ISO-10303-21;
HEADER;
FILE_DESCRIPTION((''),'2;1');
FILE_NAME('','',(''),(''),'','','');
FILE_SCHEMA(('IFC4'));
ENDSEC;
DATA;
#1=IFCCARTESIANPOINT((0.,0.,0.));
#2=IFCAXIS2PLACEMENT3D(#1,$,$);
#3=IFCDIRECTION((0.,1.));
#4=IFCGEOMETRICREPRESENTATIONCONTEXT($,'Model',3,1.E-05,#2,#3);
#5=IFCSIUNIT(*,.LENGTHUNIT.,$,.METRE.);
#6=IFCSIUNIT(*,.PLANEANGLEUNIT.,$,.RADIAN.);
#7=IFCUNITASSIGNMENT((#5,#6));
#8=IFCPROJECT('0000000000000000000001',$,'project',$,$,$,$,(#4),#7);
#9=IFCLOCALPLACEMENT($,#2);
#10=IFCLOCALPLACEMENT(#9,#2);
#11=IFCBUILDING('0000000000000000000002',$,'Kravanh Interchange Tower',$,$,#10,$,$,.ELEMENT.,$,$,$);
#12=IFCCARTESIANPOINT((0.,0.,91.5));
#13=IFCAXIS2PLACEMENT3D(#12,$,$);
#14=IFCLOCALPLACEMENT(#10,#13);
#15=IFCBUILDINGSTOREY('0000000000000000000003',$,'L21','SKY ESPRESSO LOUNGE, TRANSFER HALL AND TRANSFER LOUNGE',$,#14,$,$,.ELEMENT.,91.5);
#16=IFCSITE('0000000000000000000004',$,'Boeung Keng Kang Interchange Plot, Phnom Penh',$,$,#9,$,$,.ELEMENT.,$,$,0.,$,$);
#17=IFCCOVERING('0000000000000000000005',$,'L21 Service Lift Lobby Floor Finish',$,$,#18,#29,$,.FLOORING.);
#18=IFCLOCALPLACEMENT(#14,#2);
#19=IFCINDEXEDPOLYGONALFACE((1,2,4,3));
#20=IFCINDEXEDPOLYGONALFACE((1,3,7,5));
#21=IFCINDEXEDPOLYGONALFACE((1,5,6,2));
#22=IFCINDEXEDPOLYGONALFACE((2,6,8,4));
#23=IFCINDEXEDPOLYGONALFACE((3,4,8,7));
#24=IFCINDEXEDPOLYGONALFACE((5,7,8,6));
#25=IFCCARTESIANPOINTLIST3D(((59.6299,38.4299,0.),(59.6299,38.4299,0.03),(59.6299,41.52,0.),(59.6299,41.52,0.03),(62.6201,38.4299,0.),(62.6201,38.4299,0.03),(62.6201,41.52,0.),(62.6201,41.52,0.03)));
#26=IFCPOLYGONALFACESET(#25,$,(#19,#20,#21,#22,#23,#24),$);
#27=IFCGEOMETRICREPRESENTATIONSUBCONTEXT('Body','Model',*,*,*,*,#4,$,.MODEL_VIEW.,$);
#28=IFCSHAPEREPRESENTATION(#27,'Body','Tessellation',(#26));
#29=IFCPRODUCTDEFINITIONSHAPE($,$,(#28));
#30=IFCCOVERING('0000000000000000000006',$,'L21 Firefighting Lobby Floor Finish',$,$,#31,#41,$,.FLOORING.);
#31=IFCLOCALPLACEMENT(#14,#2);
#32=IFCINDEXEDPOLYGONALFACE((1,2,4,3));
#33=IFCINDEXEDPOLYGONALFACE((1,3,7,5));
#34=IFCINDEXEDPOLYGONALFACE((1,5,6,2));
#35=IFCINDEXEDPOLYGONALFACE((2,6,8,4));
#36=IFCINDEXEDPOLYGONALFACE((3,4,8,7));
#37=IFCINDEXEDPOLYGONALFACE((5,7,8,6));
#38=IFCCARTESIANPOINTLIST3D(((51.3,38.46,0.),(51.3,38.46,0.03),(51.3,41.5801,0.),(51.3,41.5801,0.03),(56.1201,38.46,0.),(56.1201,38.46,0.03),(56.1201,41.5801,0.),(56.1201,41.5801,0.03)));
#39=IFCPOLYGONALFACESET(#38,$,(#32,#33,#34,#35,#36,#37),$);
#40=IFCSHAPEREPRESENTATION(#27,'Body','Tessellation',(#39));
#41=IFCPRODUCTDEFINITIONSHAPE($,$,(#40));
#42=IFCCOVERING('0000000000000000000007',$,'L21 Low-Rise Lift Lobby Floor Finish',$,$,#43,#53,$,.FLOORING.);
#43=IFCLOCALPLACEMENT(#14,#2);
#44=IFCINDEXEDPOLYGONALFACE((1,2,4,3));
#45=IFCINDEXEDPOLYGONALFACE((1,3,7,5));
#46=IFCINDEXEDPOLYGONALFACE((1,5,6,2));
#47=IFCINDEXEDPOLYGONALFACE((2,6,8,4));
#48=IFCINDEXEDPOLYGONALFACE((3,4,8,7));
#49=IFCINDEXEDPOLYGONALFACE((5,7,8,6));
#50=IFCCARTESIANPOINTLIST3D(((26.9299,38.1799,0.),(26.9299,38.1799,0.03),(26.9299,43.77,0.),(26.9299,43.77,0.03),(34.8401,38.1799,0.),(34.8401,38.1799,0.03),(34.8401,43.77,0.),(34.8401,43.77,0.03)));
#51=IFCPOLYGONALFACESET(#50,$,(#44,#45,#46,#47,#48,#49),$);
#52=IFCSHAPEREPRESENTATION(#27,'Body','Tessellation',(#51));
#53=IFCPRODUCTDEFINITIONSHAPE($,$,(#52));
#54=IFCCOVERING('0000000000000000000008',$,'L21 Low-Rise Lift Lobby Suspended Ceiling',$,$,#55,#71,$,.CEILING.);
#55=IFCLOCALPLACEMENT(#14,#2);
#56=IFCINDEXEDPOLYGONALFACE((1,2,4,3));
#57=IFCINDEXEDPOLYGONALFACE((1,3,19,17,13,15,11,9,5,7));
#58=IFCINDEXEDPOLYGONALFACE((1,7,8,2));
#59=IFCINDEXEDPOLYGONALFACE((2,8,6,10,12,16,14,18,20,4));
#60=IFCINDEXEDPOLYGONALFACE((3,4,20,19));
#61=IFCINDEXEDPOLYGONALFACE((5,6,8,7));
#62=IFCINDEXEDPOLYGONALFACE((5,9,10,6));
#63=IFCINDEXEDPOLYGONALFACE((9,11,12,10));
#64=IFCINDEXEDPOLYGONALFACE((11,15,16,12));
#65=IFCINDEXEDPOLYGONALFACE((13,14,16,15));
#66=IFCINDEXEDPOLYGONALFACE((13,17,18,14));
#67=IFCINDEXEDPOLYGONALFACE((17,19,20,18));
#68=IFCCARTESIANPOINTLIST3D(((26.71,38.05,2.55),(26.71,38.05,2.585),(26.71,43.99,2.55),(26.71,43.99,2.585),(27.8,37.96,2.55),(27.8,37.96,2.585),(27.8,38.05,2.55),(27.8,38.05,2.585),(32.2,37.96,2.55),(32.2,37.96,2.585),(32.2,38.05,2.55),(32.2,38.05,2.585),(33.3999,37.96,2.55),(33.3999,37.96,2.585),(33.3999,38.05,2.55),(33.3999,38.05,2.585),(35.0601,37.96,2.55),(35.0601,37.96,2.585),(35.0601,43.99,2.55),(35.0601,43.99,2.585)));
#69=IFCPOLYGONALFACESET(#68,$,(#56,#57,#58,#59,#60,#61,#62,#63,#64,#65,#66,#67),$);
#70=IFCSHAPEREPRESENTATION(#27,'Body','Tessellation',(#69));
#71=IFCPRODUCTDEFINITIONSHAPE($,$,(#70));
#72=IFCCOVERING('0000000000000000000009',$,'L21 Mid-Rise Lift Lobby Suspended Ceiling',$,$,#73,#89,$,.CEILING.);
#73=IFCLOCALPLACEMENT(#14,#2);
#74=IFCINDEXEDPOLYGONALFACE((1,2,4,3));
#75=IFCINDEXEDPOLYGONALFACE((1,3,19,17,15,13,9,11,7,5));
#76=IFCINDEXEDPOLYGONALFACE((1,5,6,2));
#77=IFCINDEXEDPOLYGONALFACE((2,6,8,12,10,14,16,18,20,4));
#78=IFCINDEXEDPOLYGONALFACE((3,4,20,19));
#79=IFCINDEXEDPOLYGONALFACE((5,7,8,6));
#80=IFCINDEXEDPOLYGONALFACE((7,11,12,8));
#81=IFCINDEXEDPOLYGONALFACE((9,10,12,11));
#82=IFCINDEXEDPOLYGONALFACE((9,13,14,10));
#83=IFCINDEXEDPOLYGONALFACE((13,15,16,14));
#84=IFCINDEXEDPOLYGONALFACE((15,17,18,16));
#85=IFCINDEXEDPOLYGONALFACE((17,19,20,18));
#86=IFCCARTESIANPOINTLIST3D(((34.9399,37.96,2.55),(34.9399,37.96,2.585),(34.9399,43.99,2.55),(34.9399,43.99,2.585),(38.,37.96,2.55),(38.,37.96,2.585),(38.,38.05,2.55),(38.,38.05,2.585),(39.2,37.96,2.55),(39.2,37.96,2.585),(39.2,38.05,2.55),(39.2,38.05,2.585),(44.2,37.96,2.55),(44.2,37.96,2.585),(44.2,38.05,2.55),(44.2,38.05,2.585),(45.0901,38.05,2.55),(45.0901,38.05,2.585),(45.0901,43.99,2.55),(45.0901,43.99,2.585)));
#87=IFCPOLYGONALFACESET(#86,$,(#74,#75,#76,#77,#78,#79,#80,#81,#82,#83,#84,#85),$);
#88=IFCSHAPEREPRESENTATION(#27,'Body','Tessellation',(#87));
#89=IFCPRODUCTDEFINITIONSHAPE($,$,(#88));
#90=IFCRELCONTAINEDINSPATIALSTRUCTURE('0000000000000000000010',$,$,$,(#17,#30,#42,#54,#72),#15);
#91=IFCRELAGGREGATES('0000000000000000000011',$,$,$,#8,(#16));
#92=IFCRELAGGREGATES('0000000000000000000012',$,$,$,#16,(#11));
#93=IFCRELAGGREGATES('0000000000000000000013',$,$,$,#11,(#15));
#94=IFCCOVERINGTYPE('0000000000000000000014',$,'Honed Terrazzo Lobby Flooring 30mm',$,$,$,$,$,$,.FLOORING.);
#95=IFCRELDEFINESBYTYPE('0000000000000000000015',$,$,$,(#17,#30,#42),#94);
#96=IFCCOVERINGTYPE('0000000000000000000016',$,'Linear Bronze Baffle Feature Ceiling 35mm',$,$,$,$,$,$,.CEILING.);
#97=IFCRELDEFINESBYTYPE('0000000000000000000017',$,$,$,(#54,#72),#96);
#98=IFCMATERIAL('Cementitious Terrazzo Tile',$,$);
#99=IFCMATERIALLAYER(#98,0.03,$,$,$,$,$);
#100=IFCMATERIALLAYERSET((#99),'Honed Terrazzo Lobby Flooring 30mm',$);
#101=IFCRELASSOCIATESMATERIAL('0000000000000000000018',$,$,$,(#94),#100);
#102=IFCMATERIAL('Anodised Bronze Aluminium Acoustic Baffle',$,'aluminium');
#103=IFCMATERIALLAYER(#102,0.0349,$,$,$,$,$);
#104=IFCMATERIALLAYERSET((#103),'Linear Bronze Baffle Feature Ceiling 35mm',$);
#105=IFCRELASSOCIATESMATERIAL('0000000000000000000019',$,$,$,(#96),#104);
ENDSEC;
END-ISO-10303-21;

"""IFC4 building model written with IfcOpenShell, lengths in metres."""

from ifc_helpers import new_model, si_unit, direction, frame, origin, place, context, subcontext, project, spatial, polyline, outline, extrude, material, layer, layer_set, type_object, element, save


model = new_model("IFC4")

# Units and contexts
model_context = context("Model", 3, precision=1e-05, world=origin(), true_north=direction((0.0, 1.0)))
body_context = subcontext(model_context, "Body", "Model", "MODEL_VIEW")
ifc_project = project(units=[si_unit("LENGTHUNIT", "METRE"), si_unit("PLANEANGLEUNIT", "RADIAN")], contexts=[model_context])

# Site, building, storey
site_placement = place(None, origin())
site = spatial("IfcSite", under=ifc_project, at=site_placement, Name="Boeung Keng Kang Interchange Plot, Phnom Penh", CompositionType="ELEMENT", RefElevation=0.0)
building_placement = place(site_placement, origin())
building = spatial("IfcBuilding", under=site, at=building_placement, Name="Kravanh Interchange Tower", CompositionType="ELEMENT")
storey_placement = place(building_placement, frame((0.0, 0.0, 91.5)))
storey = spatial("IfcBuildingStorey", under=building, at=storey_placement, Name="L21", Description="SKY ESPRESSO LOUNGE, TRANSFER HALL AND TRANSFER LOUNGE", CompositionType="ELEMENT", Elevation=91.5)

# Coverings
ifc_material_1 = material(Name="Cementitious Terrazzo Tile")
ifc_layer_1 = layer(ifc_material_1, 0.03)
ifc_layer_set_1 = layer_set([ifc_layer_1], Name="Honed Terrazzo Lobby Flooring 30mm")
covering_type_1 = type_object("IfcCoveringType", Name="Honed Terrazzo Lobby Flooring 30mm", PredefinedType="FLOORING", material=ifc_layer_set_1)
covering_1_placement = place(storey_placement, origin())
element("IfcCovering", 1, at=covering_1_placement, inside=storey, type_object=covering_type_1, Name="L21 Service Lift Lobby Floor Finish", PredefinedType="FLOORING", context=body_context, shape_type="SweptSolid", body=[
    extrude(outline(polyline([(59.6299, 41.52), (62.6201, 41.52), (62.6201, 38.4299), (59.6299, 38.4299), (59.6299, 41.52)])), origin(), (0.0, 0.0, 1.0), 0.03),
])
covering_2_placement = place(storey_placement, origin())
element("IfcCovering", 2, at=covering_2_placement, inside=storey, type_object=covering_type_1, Name="L21 Firefighting Lobby Floor Finish", PredefinedType="FLOORING", context=body_context, shape_type="SweptSolid", body=[
    extrude(outline(polyline([(56.1201, 38.46), (51.3, 38.46), (51.3, 41.5801), (56.1201, 41.5801), (56.1201, 38.46)])), origin(), (0.0, 0.0, 1.0), 0.03),
])
covering_3_placement = place(storey_placement, origin())
element("IfcCovering", 3, at=covering_3_placement, inside=storey, type_object=covering_type_1, Name="L21 Low-Rise Lift Lobby Floor Finish", PredefinedType="FLOORING", context=body_context, shape_type="SweptSolid", body=[
    extrude(outline(polyline([(26.9299, 43.77), (34.8401, 43.77), (34.8401, 38.1799), (26.9299, 38.1799), (26.9299, 43.77)])), origin(), (0.0, 0.0, 1.0), 0.03),
])
ifc_material_2 = material(Name="Anodised Bronze Aluminium Acoustic Baffle", Category="aluminium")
ifc_layer_2 = layer(ifc_material_2, 0.0349)
ifc_layer_set_2 = layer_set([ifc_layer_2], Name="Linear Bronze Baffle Feature Ceiling 35mm")
covering_type_2 = type_object("IfcCoveringType", Name="Linear Bronze Baffle Feature Ceiling 35mm", PredefinedType="CEILING", material=ifc_layer_set_2)
covering_4_placement = place(storey_placement, frame((0.0, 0.0, 2.55)))
element("IfcCovering", 4, at=covering_4_placement, inside=storey, type_object=covering_type_2, Name="L21 Low-Rise Lift Lobby Suspended Ceiling", PredefinedType="CEILING", context=body_context, shape_type="SweptSolid", body=[
    extrude(outline(polyline([(35.0601, 37.96), (33.3999, 37.96), (33.3999, 38.05), (32.2, 38.05), (32.2, 37.96), (27.8, 37.96), (27.8, 38.05), (26.71, 38.05), (26.71, 43.99), (35.0601, 43.99), (35.0601, 37.96)])), origin(), (0.0, 0.0, 1.0), 0.0349),
])
covering_5_placement = place(storey_placement, frame((0.0, 0.0, 2.55)))
element("IfcCovering", 5, at=covering_5_placement, inside=storey, type_object=covering_type_2, Name="L21 Mid-Rise Lift Lobby Suspended Ceiling", PredefinedType="CEILING", context=body_context, shape_type="SweptSolid", body=[
    extrude(outline(polyline([(45.0901, 38.05), (44.2, 38.05), (44.2, 37.96), (39.2, 37.96), (39.2, 38.05), (38.0, 38.05), (38.0, 37.96), (34.9399, 37.96), (34.9399, 43.99), (45.0901, 43.99), (45.0901, 38.05)])), origin(), (0.0, 0.0, 1.0), 0.0349),
])

save(model, "model.ifc")
